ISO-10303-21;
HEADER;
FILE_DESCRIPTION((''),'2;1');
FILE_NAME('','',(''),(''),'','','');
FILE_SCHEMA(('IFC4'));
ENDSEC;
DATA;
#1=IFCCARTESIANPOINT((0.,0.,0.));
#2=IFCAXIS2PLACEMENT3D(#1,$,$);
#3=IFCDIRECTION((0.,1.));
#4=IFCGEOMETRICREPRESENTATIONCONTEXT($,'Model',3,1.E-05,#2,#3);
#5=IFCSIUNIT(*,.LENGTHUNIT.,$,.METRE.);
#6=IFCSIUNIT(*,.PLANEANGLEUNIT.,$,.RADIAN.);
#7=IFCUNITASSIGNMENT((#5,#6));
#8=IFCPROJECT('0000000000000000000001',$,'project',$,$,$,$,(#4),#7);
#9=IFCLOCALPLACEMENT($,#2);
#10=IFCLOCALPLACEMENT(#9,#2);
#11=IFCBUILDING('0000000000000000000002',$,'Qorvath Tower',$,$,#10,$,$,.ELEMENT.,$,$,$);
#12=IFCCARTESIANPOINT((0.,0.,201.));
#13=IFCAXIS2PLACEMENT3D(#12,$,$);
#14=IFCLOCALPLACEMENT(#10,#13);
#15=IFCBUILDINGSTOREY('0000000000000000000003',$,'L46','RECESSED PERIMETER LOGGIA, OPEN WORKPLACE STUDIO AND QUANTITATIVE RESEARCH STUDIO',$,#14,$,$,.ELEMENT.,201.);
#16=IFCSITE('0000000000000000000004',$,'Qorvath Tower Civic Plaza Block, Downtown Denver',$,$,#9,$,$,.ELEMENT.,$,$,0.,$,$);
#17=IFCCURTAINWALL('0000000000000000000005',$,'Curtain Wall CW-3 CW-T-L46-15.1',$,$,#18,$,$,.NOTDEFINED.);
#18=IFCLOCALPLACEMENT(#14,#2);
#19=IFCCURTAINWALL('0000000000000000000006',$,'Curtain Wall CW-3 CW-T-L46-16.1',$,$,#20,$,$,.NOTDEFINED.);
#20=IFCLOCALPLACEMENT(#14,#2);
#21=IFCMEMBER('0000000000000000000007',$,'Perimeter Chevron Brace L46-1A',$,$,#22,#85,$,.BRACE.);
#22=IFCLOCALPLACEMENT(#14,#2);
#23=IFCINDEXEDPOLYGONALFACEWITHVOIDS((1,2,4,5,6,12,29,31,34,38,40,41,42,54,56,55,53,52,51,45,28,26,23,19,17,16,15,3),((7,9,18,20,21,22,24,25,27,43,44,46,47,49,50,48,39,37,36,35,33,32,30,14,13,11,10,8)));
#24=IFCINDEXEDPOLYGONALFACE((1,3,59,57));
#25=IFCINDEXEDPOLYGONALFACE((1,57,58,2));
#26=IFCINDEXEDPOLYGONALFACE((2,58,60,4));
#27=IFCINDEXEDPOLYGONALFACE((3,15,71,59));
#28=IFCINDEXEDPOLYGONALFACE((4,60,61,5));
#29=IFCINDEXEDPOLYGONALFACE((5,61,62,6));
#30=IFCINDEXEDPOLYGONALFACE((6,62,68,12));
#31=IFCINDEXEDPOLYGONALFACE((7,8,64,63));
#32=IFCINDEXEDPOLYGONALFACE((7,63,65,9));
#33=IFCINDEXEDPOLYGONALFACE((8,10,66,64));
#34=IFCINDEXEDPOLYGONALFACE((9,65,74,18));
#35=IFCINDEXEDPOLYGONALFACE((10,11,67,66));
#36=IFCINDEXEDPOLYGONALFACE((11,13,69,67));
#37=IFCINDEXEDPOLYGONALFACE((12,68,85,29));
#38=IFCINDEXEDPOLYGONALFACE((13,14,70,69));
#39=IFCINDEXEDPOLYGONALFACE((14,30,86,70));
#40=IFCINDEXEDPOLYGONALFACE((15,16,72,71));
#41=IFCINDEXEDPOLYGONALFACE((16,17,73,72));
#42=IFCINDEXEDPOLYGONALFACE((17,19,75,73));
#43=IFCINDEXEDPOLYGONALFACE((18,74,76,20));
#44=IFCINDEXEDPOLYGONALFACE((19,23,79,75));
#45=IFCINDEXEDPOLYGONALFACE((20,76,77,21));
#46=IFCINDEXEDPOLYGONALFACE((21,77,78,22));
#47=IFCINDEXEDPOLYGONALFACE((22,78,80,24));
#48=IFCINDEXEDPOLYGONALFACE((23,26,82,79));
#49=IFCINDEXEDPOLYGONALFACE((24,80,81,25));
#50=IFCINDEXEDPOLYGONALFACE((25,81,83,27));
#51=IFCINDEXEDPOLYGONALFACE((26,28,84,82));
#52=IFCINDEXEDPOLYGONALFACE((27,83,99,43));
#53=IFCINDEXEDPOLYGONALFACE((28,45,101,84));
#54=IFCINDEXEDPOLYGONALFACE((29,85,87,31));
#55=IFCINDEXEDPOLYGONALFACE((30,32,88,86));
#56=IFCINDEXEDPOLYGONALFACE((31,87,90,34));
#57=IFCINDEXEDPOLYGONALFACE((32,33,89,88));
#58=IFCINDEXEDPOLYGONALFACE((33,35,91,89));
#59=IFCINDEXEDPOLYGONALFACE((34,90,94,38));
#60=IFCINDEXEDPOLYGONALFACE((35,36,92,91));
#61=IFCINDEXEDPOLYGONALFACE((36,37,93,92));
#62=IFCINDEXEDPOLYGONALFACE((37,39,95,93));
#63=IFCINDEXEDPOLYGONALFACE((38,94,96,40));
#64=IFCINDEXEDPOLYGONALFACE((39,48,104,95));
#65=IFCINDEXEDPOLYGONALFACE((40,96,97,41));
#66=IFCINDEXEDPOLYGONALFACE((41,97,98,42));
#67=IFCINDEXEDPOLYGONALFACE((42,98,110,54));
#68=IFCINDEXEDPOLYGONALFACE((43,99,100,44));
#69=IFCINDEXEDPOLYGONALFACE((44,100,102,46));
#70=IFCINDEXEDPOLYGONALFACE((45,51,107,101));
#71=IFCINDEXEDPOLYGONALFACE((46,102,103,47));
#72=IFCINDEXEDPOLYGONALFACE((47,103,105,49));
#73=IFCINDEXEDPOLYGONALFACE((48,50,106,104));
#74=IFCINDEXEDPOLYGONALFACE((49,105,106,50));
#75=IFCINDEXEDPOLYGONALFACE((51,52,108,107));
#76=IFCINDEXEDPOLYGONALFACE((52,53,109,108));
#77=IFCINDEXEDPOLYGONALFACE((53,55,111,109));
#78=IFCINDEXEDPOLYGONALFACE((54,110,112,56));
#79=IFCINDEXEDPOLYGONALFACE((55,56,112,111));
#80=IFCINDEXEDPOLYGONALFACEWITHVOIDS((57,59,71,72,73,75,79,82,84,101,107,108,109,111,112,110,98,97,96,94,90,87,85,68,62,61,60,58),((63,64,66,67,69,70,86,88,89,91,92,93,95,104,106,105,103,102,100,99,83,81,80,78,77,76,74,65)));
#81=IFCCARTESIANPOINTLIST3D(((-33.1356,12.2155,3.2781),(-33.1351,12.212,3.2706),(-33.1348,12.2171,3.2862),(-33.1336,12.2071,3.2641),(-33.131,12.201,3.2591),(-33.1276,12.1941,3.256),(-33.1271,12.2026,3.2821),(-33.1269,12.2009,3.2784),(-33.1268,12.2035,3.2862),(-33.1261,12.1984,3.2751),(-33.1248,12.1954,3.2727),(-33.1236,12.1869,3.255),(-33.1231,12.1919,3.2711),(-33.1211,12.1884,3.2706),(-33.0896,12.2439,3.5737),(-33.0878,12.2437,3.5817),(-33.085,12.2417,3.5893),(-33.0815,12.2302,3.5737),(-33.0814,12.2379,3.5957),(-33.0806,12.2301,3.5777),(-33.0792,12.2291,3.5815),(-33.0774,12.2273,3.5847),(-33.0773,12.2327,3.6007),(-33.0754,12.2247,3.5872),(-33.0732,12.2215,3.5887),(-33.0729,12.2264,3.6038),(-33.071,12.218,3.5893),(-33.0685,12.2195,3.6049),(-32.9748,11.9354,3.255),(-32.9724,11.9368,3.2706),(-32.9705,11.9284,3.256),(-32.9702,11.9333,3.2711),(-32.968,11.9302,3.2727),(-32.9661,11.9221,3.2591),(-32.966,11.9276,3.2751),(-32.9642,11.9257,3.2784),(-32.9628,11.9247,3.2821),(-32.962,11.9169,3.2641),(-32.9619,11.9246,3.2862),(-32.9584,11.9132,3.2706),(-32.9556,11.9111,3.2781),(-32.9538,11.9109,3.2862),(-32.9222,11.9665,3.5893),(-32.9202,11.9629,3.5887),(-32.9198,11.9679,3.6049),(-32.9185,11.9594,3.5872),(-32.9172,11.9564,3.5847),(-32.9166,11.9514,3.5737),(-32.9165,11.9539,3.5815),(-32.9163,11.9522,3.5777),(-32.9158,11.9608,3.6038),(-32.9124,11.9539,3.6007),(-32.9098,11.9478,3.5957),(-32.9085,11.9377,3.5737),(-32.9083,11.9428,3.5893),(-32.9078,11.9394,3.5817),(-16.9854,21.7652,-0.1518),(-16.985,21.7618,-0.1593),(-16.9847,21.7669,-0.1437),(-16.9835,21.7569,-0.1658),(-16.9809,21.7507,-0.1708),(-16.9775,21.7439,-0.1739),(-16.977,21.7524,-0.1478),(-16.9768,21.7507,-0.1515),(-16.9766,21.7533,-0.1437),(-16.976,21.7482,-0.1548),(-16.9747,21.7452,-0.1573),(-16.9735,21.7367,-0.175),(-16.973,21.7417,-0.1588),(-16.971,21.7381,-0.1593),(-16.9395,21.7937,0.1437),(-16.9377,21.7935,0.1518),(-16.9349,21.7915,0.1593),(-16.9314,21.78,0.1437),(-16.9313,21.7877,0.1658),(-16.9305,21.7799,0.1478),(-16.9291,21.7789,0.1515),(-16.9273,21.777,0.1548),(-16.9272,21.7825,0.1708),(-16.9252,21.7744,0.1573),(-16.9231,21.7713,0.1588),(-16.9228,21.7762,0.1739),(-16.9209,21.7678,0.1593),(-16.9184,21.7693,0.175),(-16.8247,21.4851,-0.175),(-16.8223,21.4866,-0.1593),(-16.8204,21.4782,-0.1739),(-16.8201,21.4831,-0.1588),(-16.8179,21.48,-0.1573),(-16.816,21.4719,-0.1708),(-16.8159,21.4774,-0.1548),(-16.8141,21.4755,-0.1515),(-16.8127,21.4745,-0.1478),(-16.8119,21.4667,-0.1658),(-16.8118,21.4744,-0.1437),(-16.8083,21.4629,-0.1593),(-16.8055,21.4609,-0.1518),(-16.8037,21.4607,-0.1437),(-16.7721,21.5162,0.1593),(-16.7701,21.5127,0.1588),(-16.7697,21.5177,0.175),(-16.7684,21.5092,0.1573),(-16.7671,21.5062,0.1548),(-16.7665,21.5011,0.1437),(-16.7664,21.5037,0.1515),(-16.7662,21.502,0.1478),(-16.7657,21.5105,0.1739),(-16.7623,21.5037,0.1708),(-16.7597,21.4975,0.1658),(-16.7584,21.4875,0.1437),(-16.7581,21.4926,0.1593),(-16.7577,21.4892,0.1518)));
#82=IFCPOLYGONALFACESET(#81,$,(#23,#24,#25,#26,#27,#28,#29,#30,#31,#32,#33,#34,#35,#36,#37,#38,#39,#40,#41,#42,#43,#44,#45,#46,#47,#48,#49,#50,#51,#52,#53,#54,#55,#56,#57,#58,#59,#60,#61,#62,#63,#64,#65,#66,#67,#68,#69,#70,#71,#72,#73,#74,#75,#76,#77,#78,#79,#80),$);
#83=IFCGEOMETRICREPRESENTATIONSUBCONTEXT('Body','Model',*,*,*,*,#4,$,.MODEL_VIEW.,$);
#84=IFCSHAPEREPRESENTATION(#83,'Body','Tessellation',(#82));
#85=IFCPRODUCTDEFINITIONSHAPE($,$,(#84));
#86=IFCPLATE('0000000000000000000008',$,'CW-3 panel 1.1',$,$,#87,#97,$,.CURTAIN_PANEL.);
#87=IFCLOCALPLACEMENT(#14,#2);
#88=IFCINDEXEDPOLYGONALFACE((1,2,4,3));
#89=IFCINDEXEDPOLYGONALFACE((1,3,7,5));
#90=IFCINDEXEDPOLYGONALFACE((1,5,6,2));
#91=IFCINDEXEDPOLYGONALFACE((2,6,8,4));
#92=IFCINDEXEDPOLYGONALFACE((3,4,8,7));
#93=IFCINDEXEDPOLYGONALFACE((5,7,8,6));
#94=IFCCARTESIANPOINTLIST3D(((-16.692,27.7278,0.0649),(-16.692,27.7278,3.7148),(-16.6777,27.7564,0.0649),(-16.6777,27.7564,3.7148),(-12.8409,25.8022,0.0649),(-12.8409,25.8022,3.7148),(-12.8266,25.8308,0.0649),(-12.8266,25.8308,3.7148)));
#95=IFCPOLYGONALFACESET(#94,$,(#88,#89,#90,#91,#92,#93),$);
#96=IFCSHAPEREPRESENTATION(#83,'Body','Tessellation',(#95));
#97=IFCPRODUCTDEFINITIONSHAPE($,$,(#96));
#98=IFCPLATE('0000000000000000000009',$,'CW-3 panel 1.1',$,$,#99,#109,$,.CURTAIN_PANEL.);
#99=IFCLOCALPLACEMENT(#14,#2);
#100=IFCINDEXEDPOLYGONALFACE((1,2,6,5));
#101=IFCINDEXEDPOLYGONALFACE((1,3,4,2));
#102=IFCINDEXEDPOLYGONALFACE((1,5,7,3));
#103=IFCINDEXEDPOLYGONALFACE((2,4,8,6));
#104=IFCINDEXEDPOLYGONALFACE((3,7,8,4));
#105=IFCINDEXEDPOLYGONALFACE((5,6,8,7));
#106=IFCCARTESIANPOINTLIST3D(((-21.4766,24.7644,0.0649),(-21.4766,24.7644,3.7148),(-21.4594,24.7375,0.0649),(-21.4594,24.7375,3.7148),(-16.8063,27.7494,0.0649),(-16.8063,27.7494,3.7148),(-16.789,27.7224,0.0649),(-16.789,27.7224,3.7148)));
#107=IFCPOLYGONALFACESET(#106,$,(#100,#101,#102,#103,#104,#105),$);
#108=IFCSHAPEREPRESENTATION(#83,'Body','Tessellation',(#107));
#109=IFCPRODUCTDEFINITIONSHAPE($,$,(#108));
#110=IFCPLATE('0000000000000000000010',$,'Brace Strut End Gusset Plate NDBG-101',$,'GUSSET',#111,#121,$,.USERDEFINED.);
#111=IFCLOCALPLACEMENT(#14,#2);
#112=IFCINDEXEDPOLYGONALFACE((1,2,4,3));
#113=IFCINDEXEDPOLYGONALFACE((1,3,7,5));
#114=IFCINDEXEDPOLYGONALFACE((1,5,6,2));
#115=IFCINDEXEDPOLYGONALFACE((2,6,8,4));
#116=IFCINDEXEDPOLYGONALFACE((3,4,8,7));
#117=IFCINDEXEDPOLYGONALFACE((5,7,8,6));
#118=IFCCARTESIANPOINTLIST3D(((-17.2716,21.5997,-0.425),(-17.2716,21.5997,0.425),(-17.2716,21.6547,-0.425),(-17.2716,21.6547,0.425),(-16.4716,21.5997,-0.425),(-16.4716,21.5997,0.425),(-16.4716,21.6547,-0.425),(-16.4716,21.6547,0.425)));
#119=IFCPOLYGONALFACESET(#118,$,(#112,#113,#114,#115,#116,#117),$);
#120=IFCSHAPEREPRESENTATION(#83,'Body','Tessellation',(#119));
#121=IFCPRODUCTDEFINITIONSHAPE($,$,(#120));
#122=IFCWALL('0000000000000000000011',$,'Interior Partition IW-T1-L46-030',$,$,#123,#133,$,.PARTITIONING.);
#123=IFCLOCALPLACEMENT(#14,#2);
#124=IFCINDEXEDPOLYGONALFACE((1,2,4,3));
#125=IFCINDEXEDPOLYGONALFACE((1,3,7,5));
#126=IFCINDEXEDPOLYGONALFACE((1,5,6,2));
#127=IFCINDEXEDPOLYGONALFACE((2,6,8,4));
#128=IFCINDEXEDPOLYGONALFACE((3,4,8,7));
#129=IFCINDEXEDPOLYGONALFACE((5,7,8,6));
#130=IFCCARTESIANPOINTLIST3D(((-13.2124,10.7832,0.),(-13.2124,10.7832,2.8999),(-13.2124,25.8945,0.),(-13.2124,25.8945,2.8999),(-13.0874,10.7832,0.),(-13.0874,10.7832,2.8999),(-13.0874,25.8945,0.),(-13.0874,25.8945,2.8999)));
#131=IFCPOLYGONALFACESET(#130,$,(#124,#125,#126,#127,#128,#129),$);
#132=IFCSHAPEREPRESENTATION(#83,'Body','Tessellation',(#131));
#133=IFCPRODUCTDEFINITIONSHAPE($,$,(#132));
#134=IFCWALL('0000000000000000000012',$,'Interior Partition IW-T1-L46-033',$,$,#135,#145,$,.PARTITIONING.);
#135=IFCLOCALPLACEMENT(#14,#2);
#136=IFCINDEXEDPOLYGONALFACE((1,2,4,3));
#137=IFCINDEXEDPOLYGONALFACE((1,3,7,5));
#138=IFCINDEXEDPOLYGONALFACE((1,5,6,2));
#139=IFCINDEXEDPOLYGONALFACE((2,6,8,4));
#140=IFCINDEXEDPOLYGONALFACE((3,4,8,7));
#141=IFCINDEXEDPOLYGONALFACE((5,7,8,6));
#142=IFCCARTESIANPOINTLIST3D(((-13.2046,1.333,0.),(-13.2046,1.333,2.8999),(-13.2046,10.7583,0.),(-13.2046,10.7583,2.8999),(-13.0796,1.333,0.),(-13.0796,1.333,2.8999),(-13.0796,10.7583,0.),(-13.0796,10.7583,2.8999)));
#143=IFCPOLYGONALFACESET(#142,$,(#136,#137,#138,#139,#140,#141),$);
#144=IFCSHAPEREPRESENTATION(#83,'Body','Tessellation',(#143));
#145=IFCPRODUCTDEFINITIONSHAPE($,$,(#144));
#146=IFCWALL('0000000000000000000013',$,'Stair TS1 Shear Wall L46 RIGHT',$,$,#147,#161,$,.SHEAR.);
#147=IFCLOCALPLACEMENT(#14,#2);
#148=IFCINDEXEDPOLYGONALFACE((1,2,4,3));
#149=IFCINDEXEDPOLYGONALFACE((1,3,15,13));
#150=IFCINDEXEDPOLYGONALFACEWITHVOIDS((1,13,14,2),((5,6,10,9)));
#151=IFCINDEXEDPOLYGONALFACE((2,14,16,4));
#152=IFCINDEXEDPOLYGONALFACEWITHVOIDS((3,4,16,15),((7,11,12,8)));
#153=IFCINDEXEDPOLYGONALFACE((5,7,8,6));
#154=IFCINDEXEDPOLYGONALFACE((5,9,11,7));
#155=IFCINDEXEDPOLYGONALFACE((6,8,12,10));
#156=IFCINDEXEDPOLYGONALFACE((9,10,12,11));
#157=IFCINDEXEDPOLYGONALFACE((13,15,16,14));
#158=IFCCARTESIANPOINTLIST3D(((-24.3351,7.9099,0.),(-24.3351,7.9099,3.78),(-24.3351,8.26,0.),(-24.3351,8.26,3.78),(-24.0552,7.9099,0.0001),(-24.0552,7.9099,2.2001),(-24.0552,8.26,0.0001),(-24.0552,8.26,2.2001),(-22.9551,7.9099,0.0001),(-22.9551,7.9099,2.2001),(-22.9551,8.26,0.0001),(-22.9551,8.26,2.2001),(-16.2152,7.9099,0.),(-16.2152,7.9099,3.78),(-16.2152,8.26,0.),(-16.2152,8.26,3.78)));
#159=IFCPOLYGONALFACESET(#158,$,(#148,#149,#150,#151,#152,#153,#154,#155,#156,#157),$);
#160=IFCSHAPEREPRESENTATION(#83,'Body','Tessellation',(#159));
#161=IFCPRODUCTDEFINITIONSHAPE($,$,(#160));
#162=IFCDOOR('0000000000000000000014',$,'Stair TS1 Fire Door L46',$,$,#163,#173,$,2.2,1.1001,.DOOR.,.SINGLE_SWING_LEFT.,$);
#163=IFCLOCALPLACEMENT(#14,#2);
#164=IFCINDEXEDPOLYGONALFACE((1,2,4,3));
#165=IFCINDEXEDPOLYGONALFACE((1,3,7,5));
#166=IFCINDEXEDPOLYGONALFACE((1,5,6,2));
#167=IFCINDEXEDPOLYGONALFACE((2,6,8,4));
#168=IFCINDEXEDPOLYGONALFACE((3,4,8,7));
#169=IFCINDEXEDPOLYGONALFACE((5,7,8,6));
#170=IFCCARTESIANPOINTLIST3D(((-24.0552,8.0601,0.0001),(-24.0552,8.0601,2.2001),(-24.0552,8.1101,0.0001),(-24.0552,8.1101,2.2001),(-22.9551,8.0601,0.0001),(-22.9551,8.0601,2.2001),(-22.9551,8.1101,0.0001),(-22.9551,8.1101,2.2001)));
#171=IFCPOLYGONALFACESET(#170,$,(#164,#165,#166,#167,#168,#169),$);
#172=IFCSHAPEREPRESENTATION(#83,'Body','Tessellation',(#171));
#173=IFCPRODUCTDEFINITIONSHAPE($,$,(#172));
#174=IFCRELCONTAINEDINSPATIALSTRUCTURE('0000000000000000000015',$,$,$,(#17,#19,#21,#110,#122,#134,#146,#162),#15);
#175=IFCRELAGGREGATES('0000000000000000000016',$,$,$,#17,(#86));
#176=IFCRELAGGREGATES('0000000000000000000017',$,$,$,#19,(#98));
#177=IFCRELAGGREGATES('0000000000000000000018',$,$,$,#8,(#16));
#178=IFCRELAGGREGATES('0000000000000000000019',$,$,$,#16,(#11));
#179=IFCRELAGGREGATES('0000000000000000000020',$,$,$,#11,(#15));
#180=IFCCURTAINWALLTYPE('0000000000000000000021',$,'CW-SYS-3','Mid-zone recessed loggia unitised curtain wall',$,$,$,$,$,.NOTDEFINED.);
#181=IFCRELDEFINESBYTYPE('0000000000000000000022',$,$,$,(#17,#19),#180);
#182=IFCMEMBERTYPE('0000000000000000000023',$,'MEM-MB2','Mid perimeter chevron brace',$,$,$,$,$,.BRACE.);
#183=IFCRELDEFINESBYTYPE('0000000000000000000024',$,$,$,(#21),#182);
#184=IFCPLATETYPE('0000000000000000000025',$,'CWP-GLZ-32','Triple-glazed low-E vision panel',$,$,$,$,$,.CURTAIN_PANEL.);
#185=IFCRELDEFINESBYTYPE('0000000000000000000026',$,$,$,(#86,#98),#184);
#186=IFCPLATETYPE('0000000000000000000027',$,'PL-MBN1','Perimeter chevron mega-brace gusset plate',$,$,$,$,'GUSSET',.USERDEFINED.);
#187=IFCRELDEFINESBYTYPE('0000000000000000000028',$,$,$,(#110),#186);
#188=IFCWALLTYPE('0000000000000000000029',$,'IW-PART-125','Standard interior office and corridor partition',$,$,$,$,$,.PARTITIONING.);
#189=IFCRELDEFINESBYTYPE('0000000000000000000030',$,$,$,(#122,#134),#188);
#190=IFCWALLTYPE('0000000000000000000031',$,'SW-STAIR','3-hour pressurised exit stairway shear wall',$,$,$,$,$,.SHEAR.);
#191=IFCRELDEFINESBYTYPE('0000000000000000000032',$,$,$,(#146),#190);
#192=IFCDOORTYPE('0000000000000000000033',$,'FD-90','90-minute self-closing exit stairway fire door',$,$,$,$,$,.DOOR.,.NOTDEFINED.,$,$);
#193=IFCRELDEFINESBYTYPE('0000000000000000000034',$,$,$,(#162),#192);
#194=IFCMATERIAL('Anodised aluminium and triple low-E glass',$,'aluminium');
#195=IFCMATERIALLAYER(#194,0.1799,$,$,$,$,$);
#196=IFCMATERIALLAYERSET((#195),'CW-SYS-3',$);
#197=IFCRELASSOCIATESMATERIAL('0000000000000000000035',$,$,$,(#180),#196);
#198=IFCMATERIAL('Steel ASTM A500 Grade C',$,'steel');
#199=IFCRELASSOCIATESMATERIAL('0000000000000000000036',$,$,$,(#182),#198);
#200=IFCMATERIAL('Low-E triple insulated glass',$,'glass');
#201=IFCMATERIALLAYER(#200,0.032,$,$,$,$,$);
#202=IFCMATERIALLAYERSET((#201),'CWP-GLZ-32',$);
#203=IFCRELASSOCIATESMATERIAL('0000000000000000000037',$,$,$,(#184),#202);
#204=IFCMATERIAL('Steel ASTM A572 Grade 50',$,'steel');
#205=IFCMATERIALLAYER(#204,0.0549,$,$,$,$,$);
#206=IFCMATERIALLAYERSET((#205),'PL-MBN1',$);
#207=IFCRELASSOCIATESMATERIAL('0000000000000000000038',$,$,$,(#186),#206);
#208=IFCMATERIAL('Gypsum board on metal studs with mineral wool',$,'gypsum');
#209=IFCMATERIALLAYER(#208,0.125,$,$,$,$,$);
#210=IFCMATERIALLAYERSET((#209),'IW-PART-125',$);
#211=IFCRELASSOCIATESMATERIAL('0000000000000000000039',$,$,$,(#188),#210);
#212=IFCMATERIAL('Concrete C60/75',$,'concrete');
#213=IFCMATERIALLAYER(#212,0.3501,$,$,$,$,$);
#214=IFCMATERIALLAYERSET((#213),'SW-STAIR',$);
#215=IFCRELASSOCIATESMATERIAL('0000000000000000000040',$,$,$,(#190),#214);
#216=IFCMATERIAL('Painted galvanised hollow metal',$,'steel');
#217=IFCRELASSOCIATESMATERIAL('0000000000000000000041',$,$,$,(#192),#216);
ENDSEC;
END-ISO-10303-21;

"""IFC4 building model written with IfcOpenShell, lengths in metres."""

from ifc_helpers import new_model, si_unit, direction, frame, frame_2d, origin, origin_2d, place, context, subcontext, project, spatial, rectangle, hollow_rectangle, extrude, material, layer, layer_set, material_profile, profile_set, type_object, element, fill, aggregate, save


model = new_model("IFC4")

# Units and contexts
model_context = context("Model", 3, precision=1e-05, world=origin(), true_north=direction((0.0, 1.0)))
body_context = subcontext(model_context, "Body", "Model", "MODEL_VIEW")
ifc_project = project(units=[si_unit("LENGTHUNIT", "METRE"), si_unit("PLANEANGLEUNIT", "RADIAN")], contexts=[model_context])

# Site, building, storey
site_placement = place(None, origin())
site = spatial("IfcSite", under=ifc_project, at=site_placement, Name="Qorvath Tower Civic Plaza Block, Downtown Denver", CompositionType="ELEMENT", RefElevation=0.0)
building_placement = place(site_placement, origin())
building = spatial("IfcBuilding", under=site, at=building_placement, Name="Qorvath Tower", CompositionType="ELEMENT")
storey_placement = place(building_placement, frame((0.0, 0.0, 201.0)))
storey = spatial("IfcBuildingStorey", under=building, at=storey_placement, Name="L46", Description="RECESSED PERIMETER LOGGIA, OPEN WORKPLACE STUDIO AND QUANTITATIVE RESEARCH STUDIO", CompositionType="ELEMENT", Elevation=201.0)

# Curtain wall
ifc_material_1 = material(Name="Anodised aluminium and triple low-E glass", Category="aluminium")
ifc_layer_1 = layer(ifc_material_1, 0.1799)
ifc_layer_set_1 = layer_set([ifc_layer_1], Name="CW-SYS-3")
curtain_wall_type = type_object("IfcCurtainWallType", Name="CW-SYS-3", Description="Mid-zone recessed loggia unitised curtain wall", PredefinedType="NOTDEFINED", material=ifc_layer_set_1)
curtain_wall_1_placement = place(storey_placement, origin())
curtain_wall_1 = element("IfcCurtainWall", 1, at=curtain_wall_1_placement, inside=storey, type_object=curtain_wall_type, Name="Curtain Wall CW-3 CW-T-L46-15.1", PredefinedType="NOTDEFINED")

# Curtain wall
curtain_wall_2_placement = place(storey_placement, origin())
curtain_wall_2 = element("IfcCurtainWall", 2, at=curtain_wall_2_placement, inside=storey, type_object=curtain_wall_type, Name="Curtain Wall CW-3 CW-T-L46-16.1", PredefinedType="NOTDEFINED")

# Member
ifc_material_2 = material(Name="Steel ASTM A500 Grade C", Category="steel")
ifc_material_profile_1 = material_profile(ifc_material_2, hollow_rectangle(XDim=0.3557, YDim=0.3557, WallThickness=0.0159, InnerFilletRadius=0.0159, OuterFilletRadius=0.0317, at=origin_2d()), Name="HSS 356x356x16")
ifc_profile_set_1 = profile_set([ifc_material_profile_1], Name="Steel ASTM A500 Grade C")
member_type_1 = type_object("IfcMemberType", Name="MEM-MB2", Description="Mid perimeter chevron brace", PredefinedType="BRACE", material=ifc_profile_set_1)
member_1_placement = place(storey_placement, frame((-16.8716, 21.6272, 0.0), z_axis=(-0.846741, -0.50069, 0.179829), x_axis=(0.508988, -0.860774, 0.0)))
element("IfcMember", 3, at=member_1_placement, inside=storey, type_object=member_type_1, Name="Perimeter Chevron Brace L46-1A", PredefinedType="BRACE", context=body_context, shape_type="SweptSolid", body=[
    extrude(hollow_rectangle(XDim=0.3557, YDim=0.3557, WallThickness=0.0159, InnerFilletRadius=0.0159, OuterFilletRadius=0.0317, at=origin_2d()), origin(), (0.0, 0.0, 1.0), 19.0732),
])

# Plates
ifc_material_3 = material(Name="Low-E triple insulated glass", Category="glass")
ifc_layer_2 = layer(ifc_material_3, 0.032)
ifc_layer_set_2 = layer_set([ifc_layer_2], Name="CWP-GLZ-32")
plate_type_1 = type_object("IfcPlateType", Name="CWP-GLZ-32", Description="Triple-glazed low-E vision panel", PredefinedType="CURTAIN_PANEL", material=ifc_layer_set_2)
plate_1_placement = place(storey_placement, frame((-14.7593, 26.7793, 0.0649), z_axis=(0.0, 0.0, 1.0), x_axis=(-0.894432, 0.447205, 0.0)))
plate_1 = element("IfcPlate", 4, at=plate_1_placement, type_object=plate_type_1, Name="CW-3 panel 1.1", PredefinedType="CURTAIN_PANEL", context=body_context, shape_type="SweptSolid", body=[
    extrude(rectangle(XDim=4.3057, YDim=0.032, at=origin_2d()), origin(), (0.0, 0.0, 1.0), 3.6499),
])
aggregate(curtain_wall_1, [plate_1])
plate_2_placement = place(storey_placement, frame((-19.1328, 26.2434, 0.0649), z_axis=(0.0, 0.0, 1.0), x_axis=(-0.842604, -0.538534, 0.0)))
plate_2 = element("IfcPlate", 5, at=plate_2_placement, type_object=plate_type_1, Name="CW-3 panel 1.1", PredefinedType="CURTAIN_PANEL", context=body_context, shape_type="SweptSolid", body=[
    extrude(rectangle(XDim=5.5427, YDim=0.032, at=origin_2d()), origin(), (0.0, 0.0, 1.0), 3.6499),
])
aggregate(curtain_wall_2, [plate_2])
ifc_material_4 = material(Name="Steel ASTM A572 Grade 50", Category="steel")
ifc_layer_3 = layer(ifc_material_4, 0.0549)
ifc_layer_set_3 = layer_set([ifc_layer_3], Name="PL-MBN1")
plate_type_2 = type_object("IfcPlateType", Name="PL-MBN1", Description="Perimeter chevron mega-brace gusset plate", ElementType="GUSSET", PredefinedType="USERDEFINED", material=ifc_layer_set_3)
plate_3_placement = place(storey_placement, frame((-16.8716, 21.6272, -0.425), z_axis=(0.0, 0.0, 1.0), x_axis=(1.0, 0.0, 0.0)))
element("IfcPlate", 6, at=plate_3_placement, inside=storey, type_object=plate_type_2, Name="Brace Strut End Gusset Plate NDBG-101", ObjectType="GUSSET", PredefinedType="USERDEFINED", context=body_context, shape_type="SweptSolid", body=[
    extrude(rectangle(XDim=0.8, YDim=0.0549, at=origin_2d()), origin(), (0.0, 0.0, 1.0), 0.8501),
])

# Walls
ifc_material_5 = material(Name="Gypsum board on metal studs with mineral wool", Category="gypsum")
ifc_layer_4 = layer(ifc_material_5, 0.125)
ifc_layer_set_4 = layer_set([ifc_layer_4], Name="IW-PART-125")
wall_type_1 = type_object("IfcWallType", Name="IW-PART-125", Description="Standard interior office and corridor partition", PredefinedType="PARTITIONING", material=ifc_layer_set_4)
wall_1_placement = place(storey_placement, frame((-13.1499, 10.7832, 0.0), z_axis=(0.0, 0.0, 1.0), x_axis=(0.0, 1.0, 0.0)))
element("IfcWall", 7, at=wall_1_placement, inside=storey, type_object=wall_type_1, Name="Interior Partition IW-T1-L46-030", PredefinedType="PARTITIONING", context=body_context, shape_type="SweptSolid", body=[
    extrude(rectangle(XDim=15.1113, YDim=0.125, at=frame_2d((7.5557, 0.0))), origin(), (0.0, 0.0, 1.0), 2.8999),
])
wall_2_placement = place(storey_placement, frame((-13.1421, 10.7583, 0.0), z_axis=(0.0, 0.0, 1.0), x_axis=(0.0, -1.0, 0.0)))
element("IfcWall", 8, at=wall_2_placement, inside=storey, type_object=wall_type_1, Name="Interior Partition IW-T1-L46-033", PredefinedType="PARTITIONING", context=body_context, shape_type="SweptSolid", body=[
    extrude(rectangle(XDim=9.4253, YDim=0.125, at=frame_2d((4.7126, 0.0))), origin(), (0.0, 0.0, 1.0), 2.8999),
])

# Wall, opening, door
ifc_material_6 = material(Name="Concrete C60/75", Category="concrete")
ifc_layer_5 = layer(ifc_material_6, 0.3501)
ifc_layer_set_5 = layer_set([ifc_layer_5], Name="SW-STAIR")
wall_type_2 = type_object("IfcWallType", Name="SW-STAIR", Description="3-hour pressurised exit stairway shear wall", PredefinedType="SHEAR", material=ifc_layer_set_5)
wall_3_placement = place(storey_placement, frame((-16.2151, 8.085, 0.0), z_axis=(0.0, 0.0, 1.0), x_axis=(-1.0, 0.0, 0.0)))
wall_3 = element("IfcWall", 9, at=wall_3_placement, inside=storey, type_object=wall_type_2, Name="Stair TS1 Shear Wall L46 RIGHT", PredefinedType="SHEAR", context=body_context, shape_type="SweptSolid", body=[
    extrude(rectangle(XDim=8.1199, YDim=0.3501, at=frame_2d((4.0601, 0.0))), origin(), (0.0, 0.0, 1.0), 3.78),
])
opening_placement = place(wall_3_placement, frame((6.74, 0.0, 0.0)))
opening = element("IfcOpeningElement", 10, at=opening_placement, cuts=wall_3, PredefinedType="OPENING", context=body_context, shape_type="SweptSolid", body=[
    extrude(rectangle(XDim=1.1001, YDim=2.2, at=frame_2d((0.55, 1.1001))), frame((0.0, 0.1851, 0.0), z_axis=(0.0, -1.0, 0.0), x_axis=(1.0, 0.0, 0.0)), (0.0, 0.0, 1.0), 0.3701),
])
ifc_material_7 = material(Name="Painted galvanised hollow metal", Category="steel")
door_type = type_object("IfcDoorType", Name="FD-90", Description="90-minute self-closing exit stairway fire door", OperationType="NOTDEFINED", PredefinedType="DOOR", material=ifc_material_7)
door_placement = place(opening_placement, origin())
door = element("IfcDoor", 11, at=door_placement, inside=storey, type_object=door_type, Name="Stair TS1 Fire Door L46", OperationType="SINGLE_SWING_LEFT", OverallHeight=2.2, OverallWidth=1.1001, PredefinedType="DOOR", context=body_context, shape_type="SweptSolid", body=[
    extrude(rectangle(XDim=1.1001, YDim=2.2, at=frame_2d((0.55, 1.1001))), frame((0.0, 0.0249, 0.0), z_axis=(0.0, -1.0, 0.0), x_axis=(1.0, 0.0, 0.0)), (0.0, 0.0, 1.0), 0.05),
])
fill(opening, door)

save(model, "model.ifc")
